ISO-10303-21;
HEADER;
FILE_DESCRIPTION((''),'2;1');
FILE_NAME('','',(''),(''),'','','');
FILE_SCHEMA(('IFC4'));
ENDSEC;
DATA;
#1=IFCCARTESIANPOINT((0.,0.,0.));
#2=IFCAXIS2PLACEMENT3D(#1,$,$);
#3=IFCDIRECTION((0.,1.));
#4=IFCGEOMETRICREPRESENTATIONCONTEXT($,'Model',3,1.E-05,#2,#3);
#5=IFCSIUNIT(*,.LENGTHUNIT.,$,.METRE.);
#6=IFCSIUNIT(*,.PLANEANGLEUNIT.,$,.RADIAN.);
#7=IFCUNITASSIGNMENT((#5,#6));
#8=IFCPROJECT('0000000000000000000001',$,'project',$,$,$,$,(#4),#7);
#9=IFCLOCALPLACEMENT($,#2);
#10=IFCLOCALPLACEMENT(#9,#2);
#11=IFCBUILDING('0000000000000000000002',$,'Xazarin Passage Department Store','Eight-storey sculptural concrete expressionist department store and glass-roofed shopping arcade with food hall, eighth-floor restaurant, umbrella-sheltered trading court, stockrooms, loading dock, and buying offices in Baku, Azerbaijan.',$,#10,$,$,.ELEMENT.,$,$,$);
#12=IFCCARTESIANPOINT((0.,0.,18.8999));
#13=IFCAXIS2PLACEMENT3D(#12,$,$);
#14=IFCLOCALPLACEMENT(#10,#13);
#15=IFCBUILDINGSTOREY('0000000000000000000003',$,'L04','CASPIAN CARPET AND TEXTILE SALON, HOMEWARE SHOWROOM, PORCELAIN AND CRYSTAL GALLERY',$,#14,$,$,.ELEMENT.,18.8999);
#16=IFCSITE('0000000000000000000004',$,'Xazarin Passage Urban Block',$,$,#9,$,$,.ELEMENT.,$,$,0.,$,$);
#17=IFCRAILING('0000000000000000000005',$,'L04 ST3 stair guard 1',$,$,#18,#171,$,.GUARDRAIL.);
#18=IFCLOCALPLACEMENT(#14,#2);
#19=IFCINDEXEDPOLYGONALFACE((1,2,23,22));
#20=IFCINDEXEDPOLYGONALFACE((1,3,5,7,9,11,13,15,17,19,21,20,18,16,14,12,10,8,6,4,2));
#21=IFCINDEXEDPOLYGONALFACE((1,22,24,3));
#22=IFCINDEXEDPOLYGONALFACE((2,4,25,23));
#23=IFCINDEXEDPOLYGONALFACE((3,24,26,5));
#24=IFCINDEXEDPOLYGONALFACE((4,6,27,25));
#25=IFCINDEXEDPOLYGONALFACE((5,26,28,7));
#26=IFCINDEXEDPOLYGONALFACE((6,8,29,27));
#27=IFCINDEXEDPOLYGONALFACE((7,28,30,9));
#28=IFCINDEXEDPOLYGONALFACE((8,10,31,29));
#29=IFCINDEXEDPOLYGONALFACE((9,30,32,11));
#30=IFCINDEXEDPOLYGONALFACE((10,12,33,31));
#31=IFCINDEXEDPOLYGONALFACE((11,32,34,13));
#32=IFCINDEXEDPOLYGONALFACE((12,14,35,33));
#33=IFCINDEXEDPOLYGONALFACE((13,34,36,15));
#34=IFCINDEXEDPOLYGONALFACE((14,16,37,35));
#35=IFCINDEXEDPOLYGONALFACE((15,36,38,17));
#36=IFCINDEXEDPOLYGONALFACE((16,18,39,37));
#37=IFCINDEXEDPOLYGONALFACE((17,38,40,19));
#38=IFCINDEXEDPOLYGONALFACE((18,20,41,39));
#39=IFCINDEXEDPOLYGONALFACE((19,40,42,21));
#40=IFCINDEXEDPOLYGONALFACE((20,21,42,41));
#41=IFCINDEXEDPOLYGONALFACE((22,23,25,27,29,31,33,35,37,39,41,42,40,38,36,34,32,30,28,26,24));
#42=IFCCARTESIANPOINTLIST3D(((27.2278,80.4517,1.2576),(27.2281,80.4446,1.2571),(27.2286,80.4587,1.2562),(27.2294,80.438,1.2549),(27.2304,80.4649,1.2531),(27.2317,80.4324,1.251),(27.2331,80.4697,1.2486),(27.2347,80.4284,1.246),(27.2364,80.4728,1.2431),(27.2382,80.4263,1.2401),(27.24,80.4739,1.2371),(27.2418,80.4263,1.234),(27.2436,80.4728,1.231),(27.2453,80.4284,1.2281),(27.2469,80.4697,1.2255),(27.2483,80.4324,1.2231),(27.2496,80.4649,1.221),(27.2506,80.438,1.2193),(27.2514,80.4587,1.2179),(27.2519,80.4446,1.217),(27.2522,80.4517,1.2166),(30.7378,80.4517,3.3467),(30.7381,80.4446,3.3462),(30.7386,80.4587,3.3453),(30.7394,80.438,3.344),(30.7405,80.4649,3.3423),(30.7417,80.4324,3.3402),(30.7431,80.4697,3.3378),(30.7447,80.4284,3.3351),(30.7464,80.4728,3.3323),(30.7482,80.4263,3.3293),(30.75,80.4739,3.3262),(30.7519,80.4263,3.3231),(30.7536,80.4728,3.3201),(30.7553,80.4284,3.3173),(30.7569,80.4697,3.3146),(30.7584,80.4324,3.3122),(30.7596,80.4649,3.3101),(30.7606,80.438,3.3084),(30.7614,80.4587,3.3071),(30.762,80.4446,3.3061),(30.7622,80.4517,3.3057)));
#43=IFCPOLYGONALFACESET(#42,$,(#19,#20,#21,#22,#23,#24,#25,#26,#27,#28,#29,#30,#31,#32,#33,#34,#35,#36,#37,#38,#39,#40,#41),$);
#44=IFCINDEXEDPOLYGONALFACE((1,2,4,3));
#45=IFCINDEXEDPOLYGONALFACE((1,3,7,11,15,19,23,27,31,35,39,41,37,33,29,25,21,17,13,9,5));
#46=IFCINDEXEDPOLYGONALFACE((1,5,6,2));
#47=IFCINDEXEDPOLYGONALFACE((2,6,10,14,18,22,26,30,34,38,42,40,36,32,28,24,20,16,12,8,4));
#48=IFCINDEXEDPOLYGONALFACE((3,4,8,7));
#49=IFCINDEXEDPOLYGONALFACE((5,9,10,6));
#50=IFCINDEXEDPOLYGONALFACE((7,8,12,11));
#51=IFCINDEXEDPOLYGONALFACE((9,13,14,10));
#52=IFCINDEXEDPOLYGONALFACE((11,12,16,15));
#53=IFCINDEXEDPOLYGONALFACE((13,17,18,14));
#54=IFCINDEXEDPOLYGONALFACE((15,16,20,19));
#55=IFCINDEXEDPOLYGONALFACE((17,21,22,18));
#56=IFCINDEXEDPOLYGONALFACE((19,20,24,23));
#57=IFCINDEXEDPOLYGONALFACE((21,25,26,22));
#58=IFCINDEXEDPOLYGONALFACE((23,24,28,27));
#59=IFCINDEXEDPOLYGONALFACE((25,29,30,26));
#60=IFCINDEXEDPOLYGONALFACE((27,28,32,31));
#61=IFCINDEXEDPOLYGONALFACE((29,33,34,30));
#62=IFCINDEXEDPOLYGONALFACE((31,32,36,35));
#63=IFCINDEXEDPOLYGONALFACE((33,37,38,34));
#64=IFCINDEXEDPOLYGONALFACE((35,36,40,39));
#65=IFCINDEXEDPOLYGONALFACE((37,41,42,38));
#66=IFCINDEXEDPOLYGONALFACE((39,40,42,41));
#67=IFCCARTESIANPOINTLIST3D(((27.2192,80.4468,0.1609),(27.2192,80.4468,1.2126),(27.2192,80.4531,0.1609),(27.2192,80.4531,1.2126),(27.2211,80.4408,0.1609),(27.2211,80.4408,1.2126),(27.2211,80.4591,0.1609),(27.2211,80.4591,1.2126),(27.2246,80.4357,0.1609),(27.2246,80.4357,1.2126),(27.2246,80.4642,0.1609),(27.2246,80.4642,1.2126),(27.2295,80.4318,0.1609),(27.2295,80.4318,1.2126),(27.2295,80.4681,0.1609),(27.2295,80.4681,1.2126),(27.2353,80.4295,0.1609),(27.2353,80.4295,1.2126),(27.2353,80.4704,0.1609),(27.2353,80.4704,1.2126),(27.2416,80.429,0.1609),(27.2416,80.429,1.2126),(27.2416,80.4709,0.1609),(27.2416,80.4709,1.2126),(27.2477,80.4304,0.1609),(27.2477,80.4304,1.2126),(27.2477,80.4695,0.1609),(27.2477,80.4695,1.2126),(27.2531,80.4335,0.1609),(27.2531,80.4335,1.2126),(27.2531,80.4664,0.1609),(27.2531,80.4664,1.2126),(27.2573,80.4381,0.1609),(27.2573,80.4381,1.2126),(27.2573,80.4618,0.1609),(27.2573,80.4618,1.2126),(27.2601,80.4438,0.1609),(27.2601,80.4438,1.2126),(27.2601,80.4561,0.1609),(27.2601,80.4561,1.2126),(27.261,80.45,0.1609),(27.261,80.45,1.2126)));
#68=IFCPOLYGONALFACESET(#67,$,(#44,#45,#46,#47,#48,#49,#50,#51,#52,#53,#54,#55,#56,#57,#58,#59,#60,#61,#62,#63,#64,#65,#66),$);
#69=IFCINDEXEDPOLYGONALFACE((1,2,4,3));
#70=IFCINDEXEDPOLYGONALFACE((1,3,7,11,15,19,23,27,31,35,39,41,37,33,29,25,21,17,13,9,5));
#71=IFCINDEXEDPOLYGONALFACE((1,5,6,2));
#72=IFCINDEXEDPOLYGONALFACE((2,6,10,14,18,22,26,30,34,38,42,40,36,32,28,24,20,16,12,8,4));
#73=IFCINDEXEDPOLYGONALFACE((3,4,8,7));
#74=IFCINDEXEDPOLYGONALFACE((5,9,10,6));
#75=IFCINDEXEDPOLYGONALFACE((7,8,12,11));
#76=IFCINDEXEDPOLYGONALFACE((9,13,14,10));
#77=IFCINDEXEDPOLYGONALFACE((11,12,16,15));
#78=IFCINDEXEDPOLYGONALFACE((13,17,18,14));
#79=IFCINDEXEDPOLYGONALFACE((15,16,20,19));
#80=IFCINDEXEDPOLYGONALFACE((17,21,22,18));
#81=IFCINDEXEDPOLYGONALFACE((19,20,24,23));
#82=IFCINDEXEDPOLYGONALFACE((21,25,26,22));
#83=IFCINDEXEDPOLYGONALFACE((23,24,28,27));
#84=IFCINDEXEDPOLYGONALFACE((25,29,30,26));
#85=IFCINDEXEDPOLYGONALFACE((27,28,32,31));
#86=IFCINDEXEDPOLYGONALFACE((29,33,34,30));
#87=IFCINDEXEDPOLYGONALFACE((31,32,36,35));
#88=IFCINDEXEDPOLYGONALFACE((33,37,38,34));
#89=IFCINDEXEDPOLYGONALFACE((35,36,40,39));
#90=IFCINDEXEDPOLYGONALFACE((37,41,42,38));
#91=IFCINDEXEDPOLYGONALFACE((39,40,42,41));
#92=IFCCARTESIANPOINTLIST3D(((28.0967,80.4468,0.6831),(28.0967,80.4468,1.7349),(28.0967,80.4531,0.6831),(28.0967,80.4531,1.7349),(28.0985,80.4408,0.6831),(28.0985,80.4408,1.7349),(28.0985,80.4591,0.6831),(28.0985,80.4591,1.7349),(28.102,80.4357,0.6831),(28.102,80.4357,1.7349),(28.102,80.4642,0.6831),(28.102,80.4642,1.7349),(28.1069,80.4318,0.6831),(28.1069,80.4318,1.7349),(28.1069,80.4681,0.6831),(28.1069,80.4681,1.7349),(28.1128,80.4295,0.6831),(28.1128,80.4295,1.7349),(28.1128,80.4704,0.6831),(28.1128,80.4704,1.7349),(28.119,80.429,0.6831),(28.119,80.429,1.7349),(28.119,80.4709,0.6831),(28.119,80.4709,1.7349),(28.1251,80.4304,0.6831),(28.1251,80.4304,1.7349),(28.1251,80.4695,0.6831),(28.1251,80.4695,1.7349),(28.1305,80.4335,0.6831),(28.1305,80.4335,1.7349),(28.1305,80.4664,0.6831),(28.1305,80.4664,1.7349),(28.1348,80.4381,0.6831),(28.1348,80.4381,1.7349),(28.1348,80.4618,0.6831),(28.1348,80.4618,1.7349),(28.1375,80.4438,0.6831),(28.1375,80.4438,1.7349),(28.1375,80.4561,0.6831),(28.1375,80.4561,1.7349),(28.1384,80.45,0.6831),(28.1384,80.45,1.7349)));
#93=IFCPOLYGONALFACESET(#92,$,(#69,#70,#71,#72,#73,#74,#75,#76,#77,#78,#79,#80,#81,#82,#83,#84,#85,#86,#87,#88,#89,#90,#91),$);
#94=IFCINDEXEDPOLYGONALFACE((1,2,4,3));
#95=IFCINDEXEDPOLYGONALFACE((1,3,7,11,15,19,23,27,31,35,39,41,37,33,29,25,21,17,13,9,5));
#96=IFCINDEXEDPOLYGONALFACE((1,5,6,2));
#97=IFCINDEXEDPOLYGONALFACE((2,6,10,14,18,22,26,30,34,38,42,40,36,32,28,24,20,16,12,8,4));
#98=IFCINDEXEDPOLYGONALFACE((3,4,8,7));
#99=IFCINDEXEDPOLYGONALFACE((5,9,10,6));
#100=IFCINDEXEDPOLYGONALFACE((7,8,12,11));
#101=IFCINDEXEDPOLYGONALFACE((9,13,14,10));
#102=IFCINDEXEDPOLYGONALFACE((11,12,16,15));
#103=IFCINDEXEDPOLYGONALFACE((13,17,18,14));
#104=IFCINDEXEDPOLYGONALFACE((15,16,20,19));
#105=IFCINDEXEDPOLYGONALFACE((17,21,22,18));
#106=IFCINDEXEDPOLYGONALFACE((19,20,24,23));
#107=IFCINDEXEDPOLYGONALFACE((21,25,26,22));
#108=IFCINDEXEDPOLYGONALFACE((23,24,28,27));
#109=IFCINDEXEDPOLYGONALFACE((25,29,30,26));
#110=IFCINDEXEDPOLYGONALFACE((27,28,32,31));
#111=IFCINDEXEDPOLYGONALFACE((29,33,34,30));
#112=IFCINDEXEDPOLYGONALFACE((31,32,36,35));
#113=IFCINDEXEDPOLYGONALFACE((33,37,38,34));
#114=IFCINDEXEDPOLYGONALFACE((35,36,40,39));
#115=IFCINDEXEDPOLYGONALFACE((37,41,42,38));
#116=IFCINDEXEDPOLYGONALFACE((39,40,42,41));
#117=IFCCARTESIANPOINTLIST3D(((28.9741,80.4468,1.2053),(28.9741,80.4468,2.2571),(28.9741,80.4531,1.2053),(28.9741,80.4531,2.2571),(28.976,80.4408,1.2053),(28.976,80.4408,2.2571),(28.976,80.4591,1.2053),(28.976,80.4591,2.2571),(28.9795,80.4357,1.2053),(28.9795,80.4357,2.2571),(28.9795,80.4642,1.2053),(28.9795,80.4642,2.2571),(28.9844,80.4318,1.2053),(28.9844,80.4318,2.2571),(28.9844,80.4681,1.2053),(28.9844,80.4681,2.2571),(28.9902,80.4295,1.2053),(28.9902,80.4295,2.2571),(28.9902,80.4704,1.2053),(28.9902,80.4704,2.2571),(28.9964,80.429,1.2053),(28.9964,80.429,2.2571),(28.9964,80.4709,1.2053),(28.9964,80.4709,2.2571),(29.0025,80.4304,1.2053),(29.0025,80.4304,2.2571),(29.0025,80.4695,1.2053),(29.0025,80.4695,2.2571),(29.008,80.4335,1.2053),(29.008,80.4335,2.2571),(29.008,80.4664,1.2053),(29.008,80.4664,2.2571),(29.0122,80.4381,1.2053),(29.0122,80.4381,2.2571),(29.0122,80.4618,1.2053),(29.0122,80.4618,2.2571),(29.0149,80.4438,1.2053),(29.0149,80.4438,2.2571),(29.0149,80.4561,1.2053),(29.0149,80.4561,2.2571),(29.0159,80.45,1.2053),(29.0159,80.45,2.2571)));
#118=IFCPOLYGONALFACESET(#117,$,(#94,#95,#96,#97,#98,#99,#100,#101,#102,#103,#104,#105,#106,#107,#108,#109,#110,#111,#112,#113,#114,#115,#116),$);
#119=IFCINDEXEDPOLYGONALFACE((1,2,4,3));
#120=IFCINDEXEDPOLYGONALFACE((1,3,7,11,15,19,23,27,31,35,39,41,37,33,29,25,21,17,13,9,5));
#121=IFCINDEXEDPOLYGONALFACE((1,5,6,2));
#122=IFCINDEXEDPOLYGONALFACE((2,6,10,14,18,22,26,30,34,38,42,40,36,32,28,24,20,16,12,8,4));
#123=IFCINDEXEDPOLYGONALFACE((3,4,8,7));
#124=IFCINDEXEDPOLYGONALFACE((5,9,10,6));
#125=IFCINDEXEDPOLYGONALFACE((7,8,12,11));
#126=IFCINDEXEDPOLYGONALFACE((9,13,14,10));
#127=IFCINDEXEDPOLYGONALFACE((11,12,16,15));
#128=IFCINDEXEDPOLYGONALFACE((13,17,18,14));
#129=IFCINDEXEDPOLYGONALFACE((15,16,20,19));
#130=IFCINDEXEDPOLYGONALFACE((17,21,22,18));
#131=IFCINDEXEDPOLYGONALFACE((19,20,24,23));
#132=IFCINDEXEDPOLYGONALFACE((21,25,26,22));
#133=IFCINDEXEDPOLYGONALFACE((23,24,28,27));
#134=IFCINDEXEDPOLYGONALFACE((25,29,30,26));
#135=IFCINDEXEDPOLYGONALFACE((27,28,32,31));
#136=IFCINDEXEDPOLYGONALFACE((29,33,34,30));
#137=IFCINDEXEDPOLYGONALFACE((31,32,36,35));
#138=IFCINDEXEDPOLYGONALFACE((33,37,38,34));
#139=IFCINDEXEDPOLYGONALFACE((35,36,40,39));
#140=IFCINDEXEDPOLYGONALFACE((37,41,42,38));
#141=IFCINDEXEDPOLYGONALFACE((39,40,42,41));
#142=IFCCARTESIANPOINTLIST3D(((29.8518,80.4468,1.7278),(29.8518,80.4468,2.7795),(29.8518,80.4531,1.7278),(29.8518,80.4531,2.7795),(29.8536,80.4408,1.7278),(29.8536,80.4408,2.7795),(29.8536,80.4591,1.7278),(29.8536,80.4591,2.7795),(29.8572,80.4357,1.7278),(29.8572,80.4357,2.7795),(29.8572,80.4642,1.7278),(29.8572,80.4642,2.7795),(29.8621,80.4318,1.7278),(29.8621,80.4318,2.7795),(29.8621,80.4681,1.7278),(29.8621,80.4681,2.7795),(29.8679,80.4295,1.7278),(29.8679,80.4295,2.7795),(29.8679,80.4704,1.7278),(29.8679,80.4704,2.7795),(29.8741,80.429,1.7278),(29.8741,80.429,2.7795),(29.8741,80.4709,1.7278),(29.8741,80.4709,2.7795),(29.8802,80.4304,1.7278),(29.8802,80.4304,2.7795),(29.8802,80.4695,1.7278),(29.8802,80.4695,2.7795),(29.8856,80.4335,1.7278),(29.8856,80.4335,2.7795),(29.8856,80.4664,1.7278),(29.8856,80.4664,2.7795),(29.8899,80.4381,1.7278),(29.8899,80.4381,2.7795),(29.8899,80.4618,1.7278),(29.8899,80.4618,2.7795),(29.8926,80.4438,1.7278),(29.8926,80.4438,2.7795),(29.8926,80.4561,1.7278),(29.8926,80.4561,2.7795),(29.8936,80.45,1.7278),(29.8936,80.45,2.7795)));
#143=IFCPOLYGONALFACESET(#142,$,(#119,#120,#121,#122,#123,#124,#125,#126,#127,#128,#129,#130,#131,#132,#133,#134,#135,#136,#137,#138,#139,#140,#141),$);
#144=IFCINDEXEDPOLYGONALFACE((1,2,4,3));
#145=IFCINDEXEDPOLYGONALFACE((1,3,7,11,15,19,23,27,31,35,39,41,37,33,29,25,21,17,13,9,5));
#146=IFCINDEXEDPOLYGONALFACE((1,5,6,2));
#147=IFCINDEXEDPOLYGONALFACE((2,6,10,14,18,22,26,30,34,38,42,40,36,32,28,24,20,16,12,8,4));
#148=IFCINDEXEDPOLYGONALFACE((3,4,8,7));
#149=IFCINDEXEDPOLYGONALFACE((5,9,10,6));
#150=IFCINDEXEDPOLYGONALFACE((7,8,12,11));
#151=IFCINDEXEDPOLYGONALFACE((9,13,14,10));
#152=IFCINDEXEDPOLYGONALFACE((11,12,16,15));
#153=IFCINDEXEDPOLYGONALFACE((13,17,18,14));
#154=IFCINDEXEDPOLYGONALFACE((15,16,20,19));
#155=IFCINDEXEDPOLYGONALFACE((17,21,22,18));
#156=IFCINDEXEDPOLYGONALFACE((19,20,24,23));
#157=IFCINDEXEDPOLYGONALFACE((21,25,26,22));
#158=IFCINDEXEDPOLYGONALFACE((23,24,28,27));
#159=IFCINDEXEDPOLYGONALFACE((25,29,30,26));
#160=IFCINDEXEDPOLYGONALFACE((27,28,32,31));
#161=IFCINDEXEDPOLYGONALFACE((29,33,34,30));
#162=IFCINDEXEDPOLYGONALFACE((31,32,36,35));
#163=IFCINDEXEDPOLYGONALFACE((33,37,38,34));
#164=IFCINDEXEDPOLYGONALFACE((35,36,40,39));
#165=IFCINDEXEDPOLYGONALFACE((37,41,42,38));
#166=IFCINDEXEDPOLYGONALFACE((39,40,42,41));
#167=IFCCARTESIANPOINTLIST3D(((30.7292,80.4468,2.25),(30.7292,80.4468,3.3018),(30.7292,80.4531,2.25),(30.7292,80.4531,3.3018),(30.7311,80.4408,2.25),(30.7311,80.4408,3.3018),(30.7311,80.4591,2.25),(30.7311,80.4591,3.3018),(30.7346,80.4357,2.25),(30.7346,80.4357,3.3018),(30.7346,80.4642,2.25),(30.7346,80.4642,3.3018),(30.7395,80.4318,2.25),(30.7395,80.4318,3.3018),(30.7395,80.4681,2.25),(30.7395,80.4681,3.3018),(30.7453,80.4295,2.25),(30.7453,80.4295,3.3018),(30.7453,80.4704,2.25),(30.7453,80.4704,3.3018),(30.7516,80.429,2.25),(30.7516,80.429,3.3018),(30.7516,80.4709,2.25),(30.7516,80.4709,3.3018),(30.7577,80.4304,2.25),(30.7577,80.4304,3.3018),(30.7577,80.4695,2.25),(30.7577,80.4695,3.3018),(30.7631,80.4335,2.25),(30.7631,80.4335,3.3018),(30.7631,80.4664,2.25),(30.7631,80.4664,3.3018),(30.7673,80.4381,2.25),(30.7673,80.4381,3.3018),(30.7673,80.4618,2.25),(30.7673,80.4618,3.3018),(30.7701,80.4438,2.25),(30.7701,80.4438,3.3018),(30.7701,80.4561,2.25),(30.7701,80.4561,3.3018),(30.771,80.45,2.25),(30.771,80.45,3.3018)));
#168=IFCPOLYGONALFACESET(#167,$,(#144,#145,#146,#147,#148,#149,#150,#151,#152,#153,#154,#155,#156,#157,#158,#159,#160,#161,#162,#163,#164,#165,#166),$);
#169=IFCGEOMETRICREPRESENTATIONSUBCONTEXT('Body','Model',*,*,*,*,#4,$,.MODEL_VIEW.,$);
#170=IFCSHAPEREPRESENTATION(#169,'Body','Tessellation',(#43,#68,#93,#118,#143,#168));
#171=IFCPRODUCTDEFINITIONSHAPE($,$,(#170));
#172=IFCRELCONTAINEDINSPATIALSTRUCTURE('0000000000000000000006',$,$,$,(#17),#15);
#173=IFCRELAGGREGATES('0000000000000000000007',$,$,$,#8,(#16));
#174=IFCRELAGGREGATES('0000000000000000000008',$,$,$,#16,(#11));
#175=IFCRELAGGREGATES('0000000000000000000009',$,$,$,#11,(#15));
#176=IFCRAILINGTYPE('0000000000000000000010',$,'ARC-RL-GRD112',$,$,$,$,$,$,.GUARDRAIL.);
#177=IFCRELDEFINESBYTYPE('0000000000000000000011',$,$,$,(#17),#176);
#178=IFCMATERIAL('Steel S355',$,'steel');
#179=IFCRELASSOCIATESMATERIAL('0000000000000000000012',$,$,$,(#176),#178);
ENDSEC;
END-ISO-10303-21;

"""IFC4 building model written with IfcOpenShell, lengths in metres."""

from ifc_helpers import new_model, si_unit, direction, frame, origin, origin_2d, place, context, subcontext, project, spatial, circle, extrude, material, type_object, element, save


model = new_model("IFC4")

# Units and contexts
model_context = context("Model", 3, precision=1e-05, world=origin(), true_north=direction((0.0, 1.0)))
body_context = subcontext(model_context, "Body", "Model", "MODEL_VIEW")
ifc_project = project(units=[si_unit("LENGTHUNIT", "METRE"), si_unit("PLANEANGLEUNIT", "RADIAN")], contexts=[model_context])

# Site, building, storey
site_placement = place(None, origin())
site = spatial("IfcSite", under=ifc_project, at=site_placement, Name="Xazarin Passage Urban Block", CompositionType="ELEMENT", RefElevation=0.0)
building_placement = place(site_placement, origin())
building = spatial("IfcBuilding", under=site, at=building_placement, Name="Xazarin Passage Department Store", Description="Eight-storey sculptural concrete expressionist department store and glass-roofed shopping arcade with food hall, eighth-floor restaurant, umbrella-sheltered trading court, stockrooms, loading dock, and buying offices in Baku, Azerbaijan.", CompositionType="ELEMENT")
storey_placement = place(building_placement, frame((0.0, 0.0, 18.8999)))
storey = spatial("IfcBuildingStorey", under=building, at=storey_placement, Name="L04", Description="CASPIAN CARPET AND TEXTILE SALON, HOMEWARE SHOWROOM, PORCELAIN AND CRYSTAL GALLERY", CompositionType="ELEMENT", Elevation=18.8999)

# Shared definitions
ifc_material_1 = material(Name="Steel S355", Category="steel")

# Railing
railing_type_1 = type_object("IfcRailingType", Name="ARC-RL-GRD112", PredefinedType="GUARDRAIL", material=ifc_material_1)
railing_1_placement = place(storey_placement, frame((27.24, 80.45, 0.1609)))
element("IfcRailing", 1, at=railing_1_placement, inside=storey, type_object=railing_type_1, Name="L04 ST3 stair guard 1", PredefinedType="GUARDRAIL", context=body_context, shape_type="SweptSolid", body=[
    extrude(circle(Radius=0.0239, at=origin_2d()), frame((0.0, 0.0, 1.0762), z_axis=(0.859312, 0.0, 0.511451), x_axis=(0.0, 1.0, 0.0)), (0.0, 0.0, 1.0), 4.0847),
    extrude(circle(Radius=0.021, at=origin_2d()), origin(), (0.0, 0.0, 1.0), 1.0518),
    extrude(circle(Radius=0.021, at=origin_2d()), frame((0.8774, 0.0, 0.5222)), (0.0, 0.0, 1.0), 1.0518),
    extrude(circle(Radius=0.021, at=origin_2d()), frame((1.7549, 0.0, 1.0444)), (0.0, 0.0, 1.0), 1.0518),
    extrude(circle(Radius=0.021, at=origin_2d()), frame((2.6326, 0.0, 1.5669)), (0.0, 0.0, 1.0), 1.0518),
    extrude(circle(Radius=0.021, at=origin_2d()), frame((3.51, 0.0, 2.0891)), (0.0, 0.0, 1.0), 1.0518),
])

save(model, "model.ifc")
